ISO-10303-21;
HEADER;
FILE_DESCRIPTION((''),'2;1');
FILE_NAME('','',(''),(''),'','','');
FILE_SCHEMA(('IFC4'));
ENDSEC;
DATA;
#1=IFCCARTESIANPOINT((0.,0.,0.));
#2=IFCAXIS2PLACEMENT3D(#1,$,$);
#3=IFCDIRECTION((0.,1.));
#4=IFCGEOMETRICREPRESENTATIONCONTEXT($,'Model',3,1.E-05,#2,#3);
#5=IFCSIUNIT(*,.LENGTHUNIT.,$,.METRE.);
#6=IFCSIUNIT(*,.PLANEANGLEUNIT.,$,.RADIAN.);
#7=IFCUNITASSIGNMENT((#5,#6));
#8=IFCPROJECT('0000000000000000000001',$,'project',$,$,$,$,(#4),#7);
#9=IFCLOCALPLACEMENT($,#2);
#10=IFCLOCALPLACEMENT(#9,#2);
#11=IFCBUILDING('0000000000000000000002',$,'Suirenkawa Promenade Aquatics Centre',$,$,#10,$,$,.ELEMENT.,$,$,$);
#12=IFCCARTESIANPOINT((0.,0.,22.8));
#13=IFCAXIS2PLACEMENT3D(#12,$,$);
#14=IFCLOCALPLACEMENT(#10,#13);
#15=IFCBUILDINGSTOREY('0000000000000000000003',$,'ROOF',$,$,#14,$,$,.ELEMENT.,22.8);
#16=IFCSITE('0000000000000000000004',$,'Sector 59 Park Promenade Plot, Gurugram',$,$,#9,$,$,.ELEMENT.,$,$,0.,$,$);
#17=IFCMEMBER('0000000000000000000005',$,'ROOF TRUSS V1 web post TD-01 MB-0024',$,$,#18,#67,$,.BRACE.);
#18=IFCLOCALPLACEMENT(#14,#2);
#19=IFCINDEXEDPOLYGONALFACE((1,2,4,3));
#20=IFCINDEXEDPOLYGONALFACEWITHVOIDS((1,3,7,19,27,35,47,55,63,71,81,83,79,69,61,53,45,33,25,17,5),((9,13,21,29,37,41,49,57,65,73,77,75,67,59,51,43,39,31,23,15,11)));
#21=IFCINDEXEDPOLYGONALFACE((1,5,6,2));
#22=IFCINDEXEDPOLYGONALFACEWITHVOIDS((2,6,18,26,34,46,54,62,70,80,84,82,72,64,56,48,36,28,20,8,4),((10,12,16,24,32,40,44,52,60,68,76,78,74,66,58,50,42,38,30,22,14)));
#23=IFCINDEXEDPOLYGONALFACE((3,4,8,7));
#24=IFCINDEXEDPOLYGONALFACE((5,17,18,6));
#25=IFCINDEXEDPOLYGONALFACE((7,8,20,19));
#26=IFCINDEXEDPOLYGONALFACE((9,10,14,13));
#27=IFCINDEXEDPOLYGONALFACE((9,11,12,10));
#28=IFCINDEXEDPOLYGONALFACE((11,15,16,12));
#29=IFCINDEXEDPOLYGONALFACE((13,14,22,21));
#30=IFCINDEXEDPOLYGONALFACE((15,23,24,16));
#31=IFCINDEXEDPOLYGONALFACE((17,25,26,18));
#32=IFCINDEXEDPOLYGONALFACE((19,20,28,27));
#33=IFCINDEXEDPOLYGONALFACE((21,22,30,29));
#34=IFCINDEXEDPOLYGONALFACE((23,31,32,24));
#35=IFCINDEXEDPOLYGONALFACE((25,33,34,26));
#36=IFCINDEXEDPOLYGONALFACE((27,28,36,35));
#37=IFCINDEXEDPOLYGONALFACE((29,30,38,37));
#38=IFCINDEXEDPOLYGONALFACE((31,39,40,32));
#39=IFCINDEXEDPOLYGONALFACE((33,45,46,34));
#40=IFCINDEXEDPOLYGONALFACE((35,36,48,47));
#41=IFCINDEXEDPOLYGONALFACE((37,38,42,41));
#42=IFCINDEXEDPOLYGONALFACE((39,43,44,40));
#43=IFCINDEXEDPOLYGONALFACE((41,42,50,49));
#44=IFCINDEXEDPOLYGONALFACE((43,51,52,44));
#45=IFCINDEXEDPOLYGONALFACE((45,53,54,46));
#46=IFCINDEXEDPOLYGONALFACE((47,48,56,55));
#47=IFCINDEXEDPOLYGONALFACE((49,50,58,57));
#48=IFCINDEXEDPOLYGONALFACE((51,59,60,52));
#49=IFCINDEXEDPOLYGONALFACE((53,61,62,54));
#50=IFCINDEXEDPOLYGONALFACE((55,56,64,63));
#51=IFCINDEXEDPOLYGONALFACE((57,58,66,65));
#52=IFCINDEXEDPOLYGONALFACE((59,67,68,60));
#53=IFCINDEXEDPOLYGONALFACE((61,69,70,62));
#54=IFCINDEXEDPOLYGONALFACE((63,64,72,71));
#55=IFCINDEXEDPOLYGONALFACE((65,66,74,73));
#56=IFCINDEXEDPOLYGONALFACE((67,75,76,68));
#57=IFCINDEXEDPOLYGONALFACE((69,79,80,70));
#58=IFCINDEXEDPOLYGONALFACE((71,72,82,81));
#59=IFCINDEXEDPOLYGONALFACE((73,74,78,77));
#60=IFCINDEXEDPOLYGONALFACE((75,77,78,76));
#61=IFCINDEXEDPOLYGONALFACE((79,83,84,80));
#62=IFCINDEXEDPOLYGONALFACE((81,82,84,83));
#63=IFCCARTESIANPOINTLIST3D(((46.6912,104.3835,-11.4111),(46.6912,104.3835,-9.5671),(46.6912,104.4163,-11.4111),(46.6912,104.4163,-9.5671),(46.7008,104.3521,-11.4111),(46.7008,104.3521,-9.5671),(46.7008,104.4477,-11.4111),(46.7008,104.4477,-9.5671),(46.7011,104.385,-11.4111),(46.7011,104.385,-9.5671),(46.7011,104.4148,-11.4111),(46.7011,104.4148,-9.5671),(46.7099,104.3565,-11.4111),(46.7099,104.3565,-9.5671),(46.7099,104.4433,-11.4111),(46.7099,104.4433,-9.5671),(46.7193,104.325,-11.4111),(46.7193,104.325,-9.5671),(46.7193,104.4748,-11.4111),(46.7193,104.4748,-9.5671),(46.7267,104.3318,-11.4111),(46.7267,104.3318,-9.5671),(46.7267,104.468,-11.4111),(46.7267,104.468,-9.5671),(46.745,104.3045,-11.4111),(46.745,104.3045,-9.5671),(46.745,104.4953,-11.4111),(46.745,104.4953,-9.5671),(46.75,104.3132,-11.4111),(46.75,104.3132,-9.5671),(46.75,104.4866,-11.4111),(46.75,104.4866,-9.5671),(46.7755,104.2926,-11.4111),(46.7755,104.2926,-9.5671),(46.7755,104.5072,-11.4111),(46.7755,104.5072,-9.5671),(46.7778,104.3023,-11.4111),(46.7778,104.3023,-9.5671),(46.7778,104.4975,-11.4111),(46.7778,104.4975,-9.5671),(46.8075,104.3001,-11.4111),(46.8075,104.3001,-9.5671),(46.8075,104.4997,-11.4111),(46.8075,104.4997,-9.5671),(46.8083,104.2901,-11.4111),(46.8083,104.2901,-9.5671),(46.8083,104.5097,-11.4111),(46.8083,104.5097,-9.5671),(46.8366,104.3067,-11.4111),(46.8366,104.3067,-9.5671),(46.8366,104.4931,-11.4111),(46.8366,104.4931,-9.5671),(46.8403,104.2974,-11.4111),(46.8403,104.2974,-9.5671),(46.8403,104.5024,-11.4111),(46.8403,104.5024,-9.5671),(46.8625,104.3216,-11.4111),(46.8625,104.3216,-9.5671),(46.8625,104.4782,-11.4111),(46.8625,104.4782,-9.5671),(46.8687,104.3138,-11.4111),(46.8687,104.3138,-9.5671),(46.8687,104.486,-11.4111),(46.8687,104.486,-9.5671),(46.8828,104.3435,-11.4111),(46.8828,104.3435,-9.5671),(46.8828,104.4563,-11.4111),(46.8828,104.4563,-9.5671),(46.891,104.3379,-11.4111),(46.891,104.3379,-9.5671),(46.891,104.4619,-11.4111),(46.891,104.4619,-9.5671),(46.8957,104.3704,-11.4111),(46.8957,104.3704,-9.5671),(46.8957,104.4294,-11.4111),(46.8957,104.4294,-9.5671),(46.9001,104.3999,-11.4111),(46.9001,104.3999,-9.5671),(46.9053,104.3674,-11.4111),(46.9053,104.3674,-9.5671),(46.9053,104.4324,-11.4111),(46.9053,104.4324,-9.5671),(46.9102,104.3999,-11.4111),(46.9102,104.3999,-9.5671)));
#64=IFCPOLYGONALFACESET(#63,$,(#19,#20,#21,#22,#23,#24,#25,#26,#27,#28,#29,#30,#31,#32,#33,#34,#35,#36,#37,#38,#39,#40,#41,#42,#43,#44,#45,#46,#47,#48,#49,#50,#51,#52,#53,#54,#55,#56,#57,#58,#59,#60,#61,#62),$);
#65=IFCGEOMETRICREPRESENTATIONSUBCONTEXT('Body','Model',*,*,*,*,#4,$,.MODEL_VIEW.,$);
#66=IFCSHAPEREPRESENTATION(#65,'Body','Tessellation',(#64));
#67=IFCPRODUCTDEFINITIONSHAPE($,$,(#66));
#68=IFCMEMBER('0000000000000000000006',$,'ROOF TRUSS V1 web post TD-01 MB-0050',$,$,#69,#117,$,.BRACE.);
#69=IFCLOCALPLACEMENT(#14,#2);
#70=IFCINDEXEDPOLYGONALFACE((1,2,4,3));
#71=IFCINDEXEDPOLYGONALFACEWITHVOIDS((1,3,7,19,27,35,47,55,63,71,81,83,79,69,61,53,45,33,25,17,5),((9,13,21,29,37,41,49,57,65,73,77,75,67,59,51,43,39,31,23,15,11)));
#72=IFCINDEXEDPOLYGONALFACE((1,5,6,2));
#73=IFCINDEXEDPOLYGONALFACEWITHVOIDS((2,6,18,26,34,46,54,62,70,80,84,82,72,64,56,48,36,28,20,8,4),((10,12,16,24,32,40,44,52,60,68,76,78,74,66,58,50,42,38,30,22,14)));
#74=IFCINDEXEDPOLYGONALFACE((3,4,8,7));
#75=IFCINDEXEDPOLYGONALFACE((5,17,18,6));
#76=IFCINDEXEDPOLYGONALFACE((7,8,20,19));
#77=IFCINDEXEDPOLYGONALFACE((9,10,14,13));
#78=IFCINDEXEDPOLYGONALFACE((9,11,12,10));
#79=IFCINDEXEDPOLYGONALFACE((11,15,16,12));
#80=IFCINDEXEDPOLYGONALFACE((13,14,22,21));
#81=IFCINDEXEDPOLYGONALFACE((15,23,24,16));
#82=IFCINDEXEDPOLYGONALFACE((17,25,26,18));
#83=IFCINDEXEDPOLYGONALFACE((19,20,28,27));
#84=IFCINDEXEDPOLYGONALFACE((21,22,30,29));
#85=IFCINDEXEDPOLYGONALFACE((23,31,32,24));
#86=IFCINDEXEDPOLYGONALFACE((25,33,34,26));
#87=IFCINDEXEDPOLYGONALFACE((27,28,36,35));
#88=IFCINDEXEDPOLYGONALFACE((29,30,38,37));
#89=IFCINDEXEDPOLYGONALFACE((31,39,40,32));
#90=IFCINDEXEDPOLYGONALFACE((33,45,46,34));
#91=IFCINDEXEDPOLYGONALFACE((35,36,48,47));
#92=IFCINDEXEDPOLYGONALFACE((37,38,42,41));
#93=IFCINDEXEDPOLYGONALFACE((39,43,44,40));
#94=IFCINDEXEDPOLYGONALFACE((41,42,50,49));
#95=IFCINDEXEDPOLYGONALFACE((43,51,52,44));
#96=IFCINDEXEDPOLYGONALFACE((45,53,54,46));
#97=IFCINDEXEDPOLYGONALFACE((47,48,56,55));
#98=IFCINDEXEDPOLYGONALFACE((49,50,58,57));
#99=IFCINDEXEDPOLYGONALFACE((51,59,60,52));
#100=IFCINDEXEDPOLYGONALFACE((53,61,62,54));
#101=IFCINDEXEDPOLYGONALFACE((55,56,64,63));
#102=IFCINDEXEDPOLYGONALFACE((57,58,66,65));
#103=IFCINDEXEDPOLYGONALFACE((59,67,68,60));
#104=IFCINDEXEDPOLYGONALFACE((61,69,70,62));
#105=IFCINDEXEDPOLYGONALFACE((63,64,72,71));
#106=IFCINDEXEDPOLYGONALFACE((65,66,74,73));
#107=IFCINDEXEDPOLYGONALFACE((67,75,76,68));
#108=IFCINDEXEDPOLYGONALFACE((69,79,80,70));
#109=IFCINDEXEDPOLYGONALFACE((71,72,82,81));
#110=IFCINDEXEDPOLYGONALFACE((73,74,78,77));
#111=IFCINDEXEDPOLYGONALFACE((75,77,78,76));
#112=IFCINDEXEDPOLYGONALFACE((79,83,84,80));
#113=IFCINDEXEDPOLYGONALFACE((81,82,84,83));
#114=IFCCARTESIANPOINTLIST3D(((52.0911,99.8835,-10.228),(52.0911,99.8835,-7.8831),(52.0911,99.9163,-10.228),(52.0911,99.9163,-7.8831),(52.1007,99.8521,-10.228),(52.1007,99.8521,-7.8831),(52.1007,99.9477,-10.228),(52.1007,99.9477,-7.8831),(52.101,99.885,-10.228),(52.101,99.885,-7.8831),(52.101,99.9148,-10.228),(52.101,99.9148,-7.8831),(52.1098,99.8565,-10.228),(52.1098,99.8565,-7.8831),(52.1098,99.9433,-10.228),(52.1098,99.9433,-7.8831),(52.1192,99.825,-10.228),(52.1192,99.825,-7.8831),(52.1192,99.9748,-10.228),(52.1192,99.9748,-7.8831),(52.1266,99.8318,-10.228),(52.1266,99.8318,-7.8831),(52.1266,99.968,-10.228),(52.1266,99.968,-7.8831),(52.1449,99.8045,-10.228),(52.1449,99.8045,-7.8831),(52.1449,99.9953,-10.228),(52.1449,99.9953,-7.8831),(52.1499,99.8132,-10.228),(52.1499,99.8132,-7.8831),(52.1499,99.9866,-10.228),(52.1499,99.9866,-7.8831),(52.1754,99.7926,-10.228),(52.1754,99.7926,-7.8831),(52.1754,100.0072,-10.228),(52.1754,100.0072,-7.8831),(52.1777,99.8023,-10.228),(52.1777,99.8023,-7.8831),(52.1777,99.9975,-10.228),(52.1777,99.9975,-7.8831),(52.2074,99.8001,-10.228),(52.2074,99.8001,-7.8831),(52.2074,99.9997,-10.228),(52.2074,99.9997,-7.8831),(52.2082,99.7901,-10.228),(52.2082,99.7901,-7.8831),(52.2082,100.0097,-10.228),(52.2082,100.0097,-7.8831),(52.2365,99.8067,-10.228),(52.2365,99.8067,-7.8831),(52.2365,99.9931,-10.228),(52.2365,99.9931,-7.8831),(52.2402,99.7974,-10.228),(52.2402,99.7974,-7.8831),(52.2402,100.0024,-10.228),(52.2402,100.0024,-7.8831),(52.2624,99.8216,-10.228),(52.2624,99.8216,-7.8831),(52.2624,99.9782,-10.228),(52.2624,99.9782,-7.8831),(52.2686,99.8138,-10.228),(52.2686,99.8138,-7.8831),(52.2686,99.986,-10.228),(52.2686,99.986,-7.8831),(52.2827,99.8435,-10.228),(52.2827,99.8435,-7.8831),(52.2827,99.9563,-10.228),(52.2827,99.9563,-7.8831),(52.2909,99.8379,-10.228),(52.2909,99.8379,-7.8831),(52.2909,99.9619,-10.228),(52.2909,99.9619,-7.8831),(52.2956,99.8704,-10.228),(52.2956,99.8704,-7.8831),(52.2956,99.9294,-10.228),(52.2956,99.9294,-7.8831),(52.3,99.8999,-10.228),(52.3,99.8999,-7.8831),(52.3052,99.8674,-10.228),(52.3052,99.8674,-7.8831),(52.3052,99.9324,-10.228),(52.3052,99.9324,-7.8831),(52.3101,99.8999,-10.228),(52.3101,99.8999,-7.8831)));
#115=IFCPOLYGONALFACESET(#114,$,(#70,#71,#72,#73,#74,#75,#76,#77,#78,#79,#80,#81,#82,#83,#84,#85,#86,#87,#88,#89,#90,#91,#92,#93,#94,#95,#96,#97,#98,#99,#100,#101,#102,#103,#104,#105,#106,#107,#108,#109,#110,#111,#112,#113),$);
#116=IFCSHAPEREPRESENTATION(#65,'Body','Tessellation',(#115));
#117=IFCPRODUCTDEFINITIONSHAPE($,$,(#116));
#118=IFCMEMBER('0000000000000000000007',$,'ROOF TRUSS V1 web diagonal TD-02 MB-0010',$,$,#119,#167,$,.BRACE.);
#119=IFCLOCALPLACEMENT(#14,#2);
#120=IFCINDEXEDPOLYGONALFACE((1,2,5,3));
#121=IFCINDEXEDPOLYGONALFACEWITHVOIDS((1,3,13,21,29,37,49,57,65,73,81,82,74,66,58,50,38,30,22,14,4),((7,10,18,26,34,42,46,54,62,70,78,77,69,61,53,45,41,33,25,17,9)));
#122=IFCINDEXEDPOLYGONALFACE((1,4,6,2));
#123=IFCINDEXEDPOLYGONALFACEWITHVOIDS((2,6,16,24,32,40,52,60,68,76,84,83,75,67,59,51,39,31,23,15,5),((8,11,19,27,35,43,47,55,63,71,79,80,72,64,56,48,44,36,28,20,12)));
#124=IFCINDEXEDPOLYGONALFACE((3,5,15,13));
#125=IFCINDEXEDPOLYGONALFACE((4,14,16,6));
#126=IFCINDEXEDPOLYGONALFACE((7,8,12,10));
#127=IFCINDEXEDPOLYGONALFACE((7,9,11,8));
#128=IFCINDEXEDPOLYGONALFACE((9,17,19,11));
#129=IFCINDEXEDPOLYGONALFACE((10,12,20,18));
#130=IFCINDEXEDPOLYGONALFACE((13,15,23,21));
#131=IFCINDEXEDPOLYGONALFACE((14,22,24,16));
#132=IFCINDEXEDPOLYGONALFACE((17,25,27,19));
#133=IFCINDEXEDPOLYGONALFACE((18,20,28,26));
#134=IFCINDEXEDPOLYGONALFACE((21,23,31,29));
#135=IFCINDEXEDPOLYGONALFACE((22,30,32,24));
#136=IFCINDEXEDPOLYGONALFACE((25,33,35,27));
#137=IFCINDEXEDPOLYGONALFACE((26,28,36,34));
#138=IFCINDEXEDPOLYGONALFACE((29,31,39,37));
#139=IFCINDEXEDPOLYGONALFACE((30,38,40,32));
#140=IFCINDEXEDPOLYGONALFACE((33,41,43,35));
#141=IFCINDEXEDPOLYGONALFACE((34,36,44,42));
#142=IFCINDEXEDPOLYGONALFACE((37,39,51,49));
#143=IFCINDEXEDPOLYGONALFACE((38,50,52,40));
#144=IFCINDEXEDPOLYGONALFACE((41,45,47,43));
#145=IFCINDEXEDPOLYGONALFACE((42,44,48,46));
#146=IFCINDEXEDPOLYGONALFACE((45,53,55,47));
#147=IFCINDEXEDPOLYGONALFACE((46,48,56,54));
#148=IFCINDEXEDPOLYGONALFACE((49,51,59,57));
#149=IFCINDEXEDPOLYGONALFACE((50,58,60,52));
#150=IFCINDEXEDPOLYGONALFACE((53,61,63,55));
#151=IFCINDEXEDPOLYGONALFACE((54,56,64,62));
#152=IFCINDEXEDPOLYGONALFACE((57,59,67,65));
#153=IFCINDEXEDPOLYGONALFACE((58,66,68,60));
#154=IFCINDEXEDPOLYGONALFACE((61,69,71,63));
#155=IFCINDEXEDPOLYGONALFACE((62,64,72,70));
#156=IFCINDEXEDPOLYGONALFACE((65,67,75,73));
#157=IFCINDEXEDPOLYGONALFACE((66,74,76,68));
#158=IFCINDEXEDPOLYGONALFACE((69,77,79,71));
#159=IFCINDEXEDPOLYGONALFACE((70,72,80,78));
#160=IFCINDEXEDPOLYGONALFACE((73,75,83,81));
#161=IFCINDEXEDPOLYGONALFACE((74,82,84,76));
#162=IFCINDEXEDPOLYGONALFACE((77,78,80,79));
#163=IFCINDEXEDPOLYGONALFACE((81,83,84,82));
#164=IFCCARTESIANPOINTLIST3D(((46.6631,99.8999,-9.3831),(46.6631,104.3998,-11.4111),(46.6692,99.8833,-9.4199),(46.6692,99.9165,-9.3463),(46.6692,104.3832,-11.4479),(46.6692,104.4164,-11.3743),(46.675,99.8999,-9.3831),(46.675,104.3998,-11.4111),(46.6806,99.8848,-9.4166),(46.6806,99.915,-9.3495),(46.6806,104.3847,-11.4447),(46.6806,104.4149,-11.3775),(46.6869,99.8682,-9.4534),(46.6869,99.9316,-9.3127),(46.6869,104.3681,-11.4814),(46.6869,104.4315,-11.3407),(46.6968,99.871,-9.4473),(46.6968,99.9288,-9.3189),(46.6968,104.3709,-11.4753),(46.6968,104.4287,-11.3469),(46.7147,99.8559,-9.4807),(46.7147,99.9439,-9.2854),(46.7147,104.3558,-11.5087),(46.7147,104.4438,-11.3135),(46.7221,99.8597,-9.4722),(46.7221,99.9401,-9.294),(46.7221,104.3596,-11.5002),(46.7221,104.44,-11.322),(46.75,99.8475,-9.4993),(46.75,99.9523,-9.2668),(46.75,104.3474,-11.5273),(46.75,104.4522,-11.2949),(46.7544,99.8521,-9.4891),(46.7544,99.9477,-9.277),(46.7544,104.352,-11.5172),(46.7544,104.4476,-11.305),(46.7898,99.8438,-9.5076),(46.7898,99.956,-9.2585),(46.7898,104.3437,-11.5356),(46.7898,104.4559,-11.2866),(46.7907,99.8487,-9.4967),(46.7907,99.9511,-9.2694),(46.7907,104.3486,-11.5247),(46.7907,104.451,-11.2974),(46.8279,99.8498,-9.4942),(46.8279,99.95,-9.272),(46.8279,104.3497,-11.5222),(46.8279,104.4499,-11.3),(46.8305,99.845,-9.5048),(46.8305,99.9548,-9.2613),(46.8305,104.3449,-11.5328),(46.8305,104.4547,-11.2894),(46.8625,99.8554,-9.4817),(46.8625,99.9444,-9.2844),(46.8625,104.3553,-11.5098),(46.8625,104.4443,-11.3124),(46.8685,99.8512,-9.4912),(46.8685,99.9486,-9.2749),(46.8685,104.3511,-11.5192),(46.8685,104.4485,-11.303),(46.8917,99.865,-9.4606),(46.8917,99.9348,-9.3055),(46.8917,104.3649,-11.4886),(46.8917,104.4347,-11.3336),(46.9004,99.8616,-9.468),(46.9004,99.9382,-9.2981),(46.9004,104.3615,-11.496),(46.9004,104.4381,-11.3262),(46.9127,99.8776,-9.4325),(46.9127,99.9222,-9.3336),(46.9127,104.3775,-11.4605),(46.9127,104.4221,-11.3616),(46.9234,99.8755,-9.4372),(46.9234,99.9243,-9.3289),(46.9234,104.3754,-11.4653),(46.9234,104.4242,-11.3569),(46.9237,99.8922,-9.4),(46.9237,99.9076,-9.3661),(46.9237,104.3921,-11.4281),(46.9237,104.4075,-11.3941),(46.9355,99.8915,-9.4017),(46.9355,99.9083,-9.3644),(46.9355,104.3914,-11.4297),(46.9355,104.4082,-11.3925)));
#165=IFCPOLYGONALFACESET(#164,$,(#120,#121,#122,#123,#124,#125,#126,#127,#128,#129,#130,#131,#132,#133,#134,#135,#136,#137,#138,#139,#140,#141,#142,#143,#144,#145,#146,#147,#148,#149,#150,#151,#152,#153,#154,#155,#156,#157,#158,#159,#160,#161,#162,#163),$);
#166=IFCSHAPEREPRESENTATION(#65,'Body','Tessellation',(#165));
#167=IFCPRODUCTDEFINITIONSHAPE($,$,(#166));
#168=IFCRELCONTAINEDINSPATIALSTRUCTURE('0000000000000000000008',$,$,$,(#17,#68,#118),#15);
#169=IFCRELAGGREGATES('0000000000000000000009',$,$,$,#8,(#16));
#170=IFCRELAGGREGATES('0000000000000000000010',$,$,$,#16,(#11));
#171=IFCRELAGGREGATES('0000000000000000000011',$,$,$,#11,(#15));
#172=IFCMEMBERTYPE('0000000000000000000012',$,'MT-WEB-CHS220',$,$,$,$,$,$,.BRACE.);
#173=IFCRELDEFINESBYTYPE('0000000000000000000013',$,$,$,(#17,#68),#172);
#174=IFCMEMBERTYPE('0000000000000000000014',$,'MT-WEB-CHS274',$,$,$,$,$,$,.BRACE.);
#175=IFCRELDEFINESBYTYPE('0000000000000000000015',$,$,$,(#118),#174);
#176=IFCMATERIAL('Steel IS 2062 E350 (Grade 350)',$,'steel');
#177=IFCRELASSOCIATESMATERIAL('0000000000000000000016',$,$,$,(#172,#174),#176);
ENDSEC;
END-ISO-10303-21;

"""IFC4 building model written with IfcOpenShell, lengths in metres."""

from ifc_helpers import new_model, si_unit, direction, frame, origin, origin_2d, place, context, subcontext, project, spatial, hollow_circle, extrude, material, material_profile, profile_set, type_object, element, save


model = new_model("IFC4")

# Units and contexts
model_context = context("Model", 3, precision=1e-05, world=origin(), true_north=direction((0.0, 1.0)))
body_context = subcontext(model_context, "Body", "Model", "MODEL_VIEW")
ifc_project = project(units=[si_unit("LENGTHUNIT", "METRE"), si_unit("PLANEANGLEUNIT", "RADIAN")], contexts=[model_context])

# Site, building, storey
site_placement = place(None, origin())
site = spatial("IfcSite", under=ifc_project, at=site_placement, Name="Sector 59 Park Promenade Plot, Gurugram", CompositionType="ELEMENT", RefElevation=0.0)
building_placement = place(site_placement, origin())
building = spatial("IfcBuilding", under=site, at=building_placement, Name="Suirenkawa Promenade Aquatics Centre", CompositionType="ELEMENT")
storey_placement = place(building_placement, frame((0.0, 0.0, 22.8)))
storey = spatial("IfcBuildingStorey", under=building, at=storey_placement, Name="ROOF", CompositionType="ELEMENT", Elevation=22.8)

# Shared definitions
ifc_material = material(Name="Steel IS 2062 E350 (Grade 350)", Category="steel")

# Members
ifc_material_profile_1 = material_profile(ifc_material, hollow_circle(Radius=0.1101, WallThickness=0.01, at=origin_2d()), Name="CHS 220x10", Category="steel")
ifc_profile_set_1 = profile_set([ifc_material_profile_1], Name="Steel IS 2062 E350 (Grade 350)")
member_type_1 = type_object("IfcMemberType", Name="MT-WEB-CHS220", PredefinedType="BRACE", material=ifc_profile_set_1)
member_1_placement = place(storey_placement, frame((46.8, 104.3999, -11.4111), z_axis=(0.0, 0.0, 1.0), x_axis=(1.0, 0.0, 0.0)))
element("IfcMember", 1, at=member_1_placement, inside=storey, type_object=member_type_1, Name="ROOF TRUSS V1 web post TD-01 MB-0024", PredefinedType="BRACE", context=body_context, shape_type="SweptSolid", body=[
    extrude(hollow_circle(Radius=0.1101, WallThickness=0.01, at=origin_2d()), origin(), (0.0, 0.0, 1.0), 1.844),
])
member_2_placement = place(storey_placement, frame((52.2, 99.8999, -10.228), z_axis=(0.0, 0.0, 1.0), x_axis=(1.0, 0.0, 0.0)))
element("IfcMember", 2, at=member_2_placement, inside=storey, type_object=member_type_1, Name="ROOF TRUSS V1 web post TD-01 MB-0050", PredefinedType="BRACE", context=body_context, shape_type="SweptSolid", body=[
    extrude(hollow_circle(Radius=0.1101, WallThickness=0.01, at=origin_2d()), origin(), (0.0, 0.0, 1.0), 2.345),
])
ifc_material_profile_2 = material_profile(ifc_material, hollow_circle(Radius=0.137, WallThickness=0.012, at=origin_2d()), Name="CHS 274x12", Category="steel")
ifc_profile_set_2 = profile_set([ifc_material_profile_2], Name="Steel IS 2062 E350 (Grade 350)")
member_type_2 = type_object("IfcMemberType", Name="MT-WEB-CHS274", PredefinedType="BRACE", material=ifc_profile_set_2)
member_3_placement = place(storey_placement, frame((46.8, 99.8999, -9.3831), z_axis=(0.0, 0.911688, -0.410883), x_axis=(-1.0, 0.0, 0.0)))
element("IfcMember", 3, at=member_3_placement, inside=storey, type_object=member_type_2, Name="ROOF TRUSS V1 web diagonal TD-02 MB-0010", PredefinedType="BRACE", context=body_context, shape_type="SweptSolid", body=[
    extrude(hollow_circle(Radius=0.137, WallThickness=0.012, at=origin_2d()), origin(), (0.0, 0.0, 1.0), 4.9358),
])

save(model, "model.ifc")
